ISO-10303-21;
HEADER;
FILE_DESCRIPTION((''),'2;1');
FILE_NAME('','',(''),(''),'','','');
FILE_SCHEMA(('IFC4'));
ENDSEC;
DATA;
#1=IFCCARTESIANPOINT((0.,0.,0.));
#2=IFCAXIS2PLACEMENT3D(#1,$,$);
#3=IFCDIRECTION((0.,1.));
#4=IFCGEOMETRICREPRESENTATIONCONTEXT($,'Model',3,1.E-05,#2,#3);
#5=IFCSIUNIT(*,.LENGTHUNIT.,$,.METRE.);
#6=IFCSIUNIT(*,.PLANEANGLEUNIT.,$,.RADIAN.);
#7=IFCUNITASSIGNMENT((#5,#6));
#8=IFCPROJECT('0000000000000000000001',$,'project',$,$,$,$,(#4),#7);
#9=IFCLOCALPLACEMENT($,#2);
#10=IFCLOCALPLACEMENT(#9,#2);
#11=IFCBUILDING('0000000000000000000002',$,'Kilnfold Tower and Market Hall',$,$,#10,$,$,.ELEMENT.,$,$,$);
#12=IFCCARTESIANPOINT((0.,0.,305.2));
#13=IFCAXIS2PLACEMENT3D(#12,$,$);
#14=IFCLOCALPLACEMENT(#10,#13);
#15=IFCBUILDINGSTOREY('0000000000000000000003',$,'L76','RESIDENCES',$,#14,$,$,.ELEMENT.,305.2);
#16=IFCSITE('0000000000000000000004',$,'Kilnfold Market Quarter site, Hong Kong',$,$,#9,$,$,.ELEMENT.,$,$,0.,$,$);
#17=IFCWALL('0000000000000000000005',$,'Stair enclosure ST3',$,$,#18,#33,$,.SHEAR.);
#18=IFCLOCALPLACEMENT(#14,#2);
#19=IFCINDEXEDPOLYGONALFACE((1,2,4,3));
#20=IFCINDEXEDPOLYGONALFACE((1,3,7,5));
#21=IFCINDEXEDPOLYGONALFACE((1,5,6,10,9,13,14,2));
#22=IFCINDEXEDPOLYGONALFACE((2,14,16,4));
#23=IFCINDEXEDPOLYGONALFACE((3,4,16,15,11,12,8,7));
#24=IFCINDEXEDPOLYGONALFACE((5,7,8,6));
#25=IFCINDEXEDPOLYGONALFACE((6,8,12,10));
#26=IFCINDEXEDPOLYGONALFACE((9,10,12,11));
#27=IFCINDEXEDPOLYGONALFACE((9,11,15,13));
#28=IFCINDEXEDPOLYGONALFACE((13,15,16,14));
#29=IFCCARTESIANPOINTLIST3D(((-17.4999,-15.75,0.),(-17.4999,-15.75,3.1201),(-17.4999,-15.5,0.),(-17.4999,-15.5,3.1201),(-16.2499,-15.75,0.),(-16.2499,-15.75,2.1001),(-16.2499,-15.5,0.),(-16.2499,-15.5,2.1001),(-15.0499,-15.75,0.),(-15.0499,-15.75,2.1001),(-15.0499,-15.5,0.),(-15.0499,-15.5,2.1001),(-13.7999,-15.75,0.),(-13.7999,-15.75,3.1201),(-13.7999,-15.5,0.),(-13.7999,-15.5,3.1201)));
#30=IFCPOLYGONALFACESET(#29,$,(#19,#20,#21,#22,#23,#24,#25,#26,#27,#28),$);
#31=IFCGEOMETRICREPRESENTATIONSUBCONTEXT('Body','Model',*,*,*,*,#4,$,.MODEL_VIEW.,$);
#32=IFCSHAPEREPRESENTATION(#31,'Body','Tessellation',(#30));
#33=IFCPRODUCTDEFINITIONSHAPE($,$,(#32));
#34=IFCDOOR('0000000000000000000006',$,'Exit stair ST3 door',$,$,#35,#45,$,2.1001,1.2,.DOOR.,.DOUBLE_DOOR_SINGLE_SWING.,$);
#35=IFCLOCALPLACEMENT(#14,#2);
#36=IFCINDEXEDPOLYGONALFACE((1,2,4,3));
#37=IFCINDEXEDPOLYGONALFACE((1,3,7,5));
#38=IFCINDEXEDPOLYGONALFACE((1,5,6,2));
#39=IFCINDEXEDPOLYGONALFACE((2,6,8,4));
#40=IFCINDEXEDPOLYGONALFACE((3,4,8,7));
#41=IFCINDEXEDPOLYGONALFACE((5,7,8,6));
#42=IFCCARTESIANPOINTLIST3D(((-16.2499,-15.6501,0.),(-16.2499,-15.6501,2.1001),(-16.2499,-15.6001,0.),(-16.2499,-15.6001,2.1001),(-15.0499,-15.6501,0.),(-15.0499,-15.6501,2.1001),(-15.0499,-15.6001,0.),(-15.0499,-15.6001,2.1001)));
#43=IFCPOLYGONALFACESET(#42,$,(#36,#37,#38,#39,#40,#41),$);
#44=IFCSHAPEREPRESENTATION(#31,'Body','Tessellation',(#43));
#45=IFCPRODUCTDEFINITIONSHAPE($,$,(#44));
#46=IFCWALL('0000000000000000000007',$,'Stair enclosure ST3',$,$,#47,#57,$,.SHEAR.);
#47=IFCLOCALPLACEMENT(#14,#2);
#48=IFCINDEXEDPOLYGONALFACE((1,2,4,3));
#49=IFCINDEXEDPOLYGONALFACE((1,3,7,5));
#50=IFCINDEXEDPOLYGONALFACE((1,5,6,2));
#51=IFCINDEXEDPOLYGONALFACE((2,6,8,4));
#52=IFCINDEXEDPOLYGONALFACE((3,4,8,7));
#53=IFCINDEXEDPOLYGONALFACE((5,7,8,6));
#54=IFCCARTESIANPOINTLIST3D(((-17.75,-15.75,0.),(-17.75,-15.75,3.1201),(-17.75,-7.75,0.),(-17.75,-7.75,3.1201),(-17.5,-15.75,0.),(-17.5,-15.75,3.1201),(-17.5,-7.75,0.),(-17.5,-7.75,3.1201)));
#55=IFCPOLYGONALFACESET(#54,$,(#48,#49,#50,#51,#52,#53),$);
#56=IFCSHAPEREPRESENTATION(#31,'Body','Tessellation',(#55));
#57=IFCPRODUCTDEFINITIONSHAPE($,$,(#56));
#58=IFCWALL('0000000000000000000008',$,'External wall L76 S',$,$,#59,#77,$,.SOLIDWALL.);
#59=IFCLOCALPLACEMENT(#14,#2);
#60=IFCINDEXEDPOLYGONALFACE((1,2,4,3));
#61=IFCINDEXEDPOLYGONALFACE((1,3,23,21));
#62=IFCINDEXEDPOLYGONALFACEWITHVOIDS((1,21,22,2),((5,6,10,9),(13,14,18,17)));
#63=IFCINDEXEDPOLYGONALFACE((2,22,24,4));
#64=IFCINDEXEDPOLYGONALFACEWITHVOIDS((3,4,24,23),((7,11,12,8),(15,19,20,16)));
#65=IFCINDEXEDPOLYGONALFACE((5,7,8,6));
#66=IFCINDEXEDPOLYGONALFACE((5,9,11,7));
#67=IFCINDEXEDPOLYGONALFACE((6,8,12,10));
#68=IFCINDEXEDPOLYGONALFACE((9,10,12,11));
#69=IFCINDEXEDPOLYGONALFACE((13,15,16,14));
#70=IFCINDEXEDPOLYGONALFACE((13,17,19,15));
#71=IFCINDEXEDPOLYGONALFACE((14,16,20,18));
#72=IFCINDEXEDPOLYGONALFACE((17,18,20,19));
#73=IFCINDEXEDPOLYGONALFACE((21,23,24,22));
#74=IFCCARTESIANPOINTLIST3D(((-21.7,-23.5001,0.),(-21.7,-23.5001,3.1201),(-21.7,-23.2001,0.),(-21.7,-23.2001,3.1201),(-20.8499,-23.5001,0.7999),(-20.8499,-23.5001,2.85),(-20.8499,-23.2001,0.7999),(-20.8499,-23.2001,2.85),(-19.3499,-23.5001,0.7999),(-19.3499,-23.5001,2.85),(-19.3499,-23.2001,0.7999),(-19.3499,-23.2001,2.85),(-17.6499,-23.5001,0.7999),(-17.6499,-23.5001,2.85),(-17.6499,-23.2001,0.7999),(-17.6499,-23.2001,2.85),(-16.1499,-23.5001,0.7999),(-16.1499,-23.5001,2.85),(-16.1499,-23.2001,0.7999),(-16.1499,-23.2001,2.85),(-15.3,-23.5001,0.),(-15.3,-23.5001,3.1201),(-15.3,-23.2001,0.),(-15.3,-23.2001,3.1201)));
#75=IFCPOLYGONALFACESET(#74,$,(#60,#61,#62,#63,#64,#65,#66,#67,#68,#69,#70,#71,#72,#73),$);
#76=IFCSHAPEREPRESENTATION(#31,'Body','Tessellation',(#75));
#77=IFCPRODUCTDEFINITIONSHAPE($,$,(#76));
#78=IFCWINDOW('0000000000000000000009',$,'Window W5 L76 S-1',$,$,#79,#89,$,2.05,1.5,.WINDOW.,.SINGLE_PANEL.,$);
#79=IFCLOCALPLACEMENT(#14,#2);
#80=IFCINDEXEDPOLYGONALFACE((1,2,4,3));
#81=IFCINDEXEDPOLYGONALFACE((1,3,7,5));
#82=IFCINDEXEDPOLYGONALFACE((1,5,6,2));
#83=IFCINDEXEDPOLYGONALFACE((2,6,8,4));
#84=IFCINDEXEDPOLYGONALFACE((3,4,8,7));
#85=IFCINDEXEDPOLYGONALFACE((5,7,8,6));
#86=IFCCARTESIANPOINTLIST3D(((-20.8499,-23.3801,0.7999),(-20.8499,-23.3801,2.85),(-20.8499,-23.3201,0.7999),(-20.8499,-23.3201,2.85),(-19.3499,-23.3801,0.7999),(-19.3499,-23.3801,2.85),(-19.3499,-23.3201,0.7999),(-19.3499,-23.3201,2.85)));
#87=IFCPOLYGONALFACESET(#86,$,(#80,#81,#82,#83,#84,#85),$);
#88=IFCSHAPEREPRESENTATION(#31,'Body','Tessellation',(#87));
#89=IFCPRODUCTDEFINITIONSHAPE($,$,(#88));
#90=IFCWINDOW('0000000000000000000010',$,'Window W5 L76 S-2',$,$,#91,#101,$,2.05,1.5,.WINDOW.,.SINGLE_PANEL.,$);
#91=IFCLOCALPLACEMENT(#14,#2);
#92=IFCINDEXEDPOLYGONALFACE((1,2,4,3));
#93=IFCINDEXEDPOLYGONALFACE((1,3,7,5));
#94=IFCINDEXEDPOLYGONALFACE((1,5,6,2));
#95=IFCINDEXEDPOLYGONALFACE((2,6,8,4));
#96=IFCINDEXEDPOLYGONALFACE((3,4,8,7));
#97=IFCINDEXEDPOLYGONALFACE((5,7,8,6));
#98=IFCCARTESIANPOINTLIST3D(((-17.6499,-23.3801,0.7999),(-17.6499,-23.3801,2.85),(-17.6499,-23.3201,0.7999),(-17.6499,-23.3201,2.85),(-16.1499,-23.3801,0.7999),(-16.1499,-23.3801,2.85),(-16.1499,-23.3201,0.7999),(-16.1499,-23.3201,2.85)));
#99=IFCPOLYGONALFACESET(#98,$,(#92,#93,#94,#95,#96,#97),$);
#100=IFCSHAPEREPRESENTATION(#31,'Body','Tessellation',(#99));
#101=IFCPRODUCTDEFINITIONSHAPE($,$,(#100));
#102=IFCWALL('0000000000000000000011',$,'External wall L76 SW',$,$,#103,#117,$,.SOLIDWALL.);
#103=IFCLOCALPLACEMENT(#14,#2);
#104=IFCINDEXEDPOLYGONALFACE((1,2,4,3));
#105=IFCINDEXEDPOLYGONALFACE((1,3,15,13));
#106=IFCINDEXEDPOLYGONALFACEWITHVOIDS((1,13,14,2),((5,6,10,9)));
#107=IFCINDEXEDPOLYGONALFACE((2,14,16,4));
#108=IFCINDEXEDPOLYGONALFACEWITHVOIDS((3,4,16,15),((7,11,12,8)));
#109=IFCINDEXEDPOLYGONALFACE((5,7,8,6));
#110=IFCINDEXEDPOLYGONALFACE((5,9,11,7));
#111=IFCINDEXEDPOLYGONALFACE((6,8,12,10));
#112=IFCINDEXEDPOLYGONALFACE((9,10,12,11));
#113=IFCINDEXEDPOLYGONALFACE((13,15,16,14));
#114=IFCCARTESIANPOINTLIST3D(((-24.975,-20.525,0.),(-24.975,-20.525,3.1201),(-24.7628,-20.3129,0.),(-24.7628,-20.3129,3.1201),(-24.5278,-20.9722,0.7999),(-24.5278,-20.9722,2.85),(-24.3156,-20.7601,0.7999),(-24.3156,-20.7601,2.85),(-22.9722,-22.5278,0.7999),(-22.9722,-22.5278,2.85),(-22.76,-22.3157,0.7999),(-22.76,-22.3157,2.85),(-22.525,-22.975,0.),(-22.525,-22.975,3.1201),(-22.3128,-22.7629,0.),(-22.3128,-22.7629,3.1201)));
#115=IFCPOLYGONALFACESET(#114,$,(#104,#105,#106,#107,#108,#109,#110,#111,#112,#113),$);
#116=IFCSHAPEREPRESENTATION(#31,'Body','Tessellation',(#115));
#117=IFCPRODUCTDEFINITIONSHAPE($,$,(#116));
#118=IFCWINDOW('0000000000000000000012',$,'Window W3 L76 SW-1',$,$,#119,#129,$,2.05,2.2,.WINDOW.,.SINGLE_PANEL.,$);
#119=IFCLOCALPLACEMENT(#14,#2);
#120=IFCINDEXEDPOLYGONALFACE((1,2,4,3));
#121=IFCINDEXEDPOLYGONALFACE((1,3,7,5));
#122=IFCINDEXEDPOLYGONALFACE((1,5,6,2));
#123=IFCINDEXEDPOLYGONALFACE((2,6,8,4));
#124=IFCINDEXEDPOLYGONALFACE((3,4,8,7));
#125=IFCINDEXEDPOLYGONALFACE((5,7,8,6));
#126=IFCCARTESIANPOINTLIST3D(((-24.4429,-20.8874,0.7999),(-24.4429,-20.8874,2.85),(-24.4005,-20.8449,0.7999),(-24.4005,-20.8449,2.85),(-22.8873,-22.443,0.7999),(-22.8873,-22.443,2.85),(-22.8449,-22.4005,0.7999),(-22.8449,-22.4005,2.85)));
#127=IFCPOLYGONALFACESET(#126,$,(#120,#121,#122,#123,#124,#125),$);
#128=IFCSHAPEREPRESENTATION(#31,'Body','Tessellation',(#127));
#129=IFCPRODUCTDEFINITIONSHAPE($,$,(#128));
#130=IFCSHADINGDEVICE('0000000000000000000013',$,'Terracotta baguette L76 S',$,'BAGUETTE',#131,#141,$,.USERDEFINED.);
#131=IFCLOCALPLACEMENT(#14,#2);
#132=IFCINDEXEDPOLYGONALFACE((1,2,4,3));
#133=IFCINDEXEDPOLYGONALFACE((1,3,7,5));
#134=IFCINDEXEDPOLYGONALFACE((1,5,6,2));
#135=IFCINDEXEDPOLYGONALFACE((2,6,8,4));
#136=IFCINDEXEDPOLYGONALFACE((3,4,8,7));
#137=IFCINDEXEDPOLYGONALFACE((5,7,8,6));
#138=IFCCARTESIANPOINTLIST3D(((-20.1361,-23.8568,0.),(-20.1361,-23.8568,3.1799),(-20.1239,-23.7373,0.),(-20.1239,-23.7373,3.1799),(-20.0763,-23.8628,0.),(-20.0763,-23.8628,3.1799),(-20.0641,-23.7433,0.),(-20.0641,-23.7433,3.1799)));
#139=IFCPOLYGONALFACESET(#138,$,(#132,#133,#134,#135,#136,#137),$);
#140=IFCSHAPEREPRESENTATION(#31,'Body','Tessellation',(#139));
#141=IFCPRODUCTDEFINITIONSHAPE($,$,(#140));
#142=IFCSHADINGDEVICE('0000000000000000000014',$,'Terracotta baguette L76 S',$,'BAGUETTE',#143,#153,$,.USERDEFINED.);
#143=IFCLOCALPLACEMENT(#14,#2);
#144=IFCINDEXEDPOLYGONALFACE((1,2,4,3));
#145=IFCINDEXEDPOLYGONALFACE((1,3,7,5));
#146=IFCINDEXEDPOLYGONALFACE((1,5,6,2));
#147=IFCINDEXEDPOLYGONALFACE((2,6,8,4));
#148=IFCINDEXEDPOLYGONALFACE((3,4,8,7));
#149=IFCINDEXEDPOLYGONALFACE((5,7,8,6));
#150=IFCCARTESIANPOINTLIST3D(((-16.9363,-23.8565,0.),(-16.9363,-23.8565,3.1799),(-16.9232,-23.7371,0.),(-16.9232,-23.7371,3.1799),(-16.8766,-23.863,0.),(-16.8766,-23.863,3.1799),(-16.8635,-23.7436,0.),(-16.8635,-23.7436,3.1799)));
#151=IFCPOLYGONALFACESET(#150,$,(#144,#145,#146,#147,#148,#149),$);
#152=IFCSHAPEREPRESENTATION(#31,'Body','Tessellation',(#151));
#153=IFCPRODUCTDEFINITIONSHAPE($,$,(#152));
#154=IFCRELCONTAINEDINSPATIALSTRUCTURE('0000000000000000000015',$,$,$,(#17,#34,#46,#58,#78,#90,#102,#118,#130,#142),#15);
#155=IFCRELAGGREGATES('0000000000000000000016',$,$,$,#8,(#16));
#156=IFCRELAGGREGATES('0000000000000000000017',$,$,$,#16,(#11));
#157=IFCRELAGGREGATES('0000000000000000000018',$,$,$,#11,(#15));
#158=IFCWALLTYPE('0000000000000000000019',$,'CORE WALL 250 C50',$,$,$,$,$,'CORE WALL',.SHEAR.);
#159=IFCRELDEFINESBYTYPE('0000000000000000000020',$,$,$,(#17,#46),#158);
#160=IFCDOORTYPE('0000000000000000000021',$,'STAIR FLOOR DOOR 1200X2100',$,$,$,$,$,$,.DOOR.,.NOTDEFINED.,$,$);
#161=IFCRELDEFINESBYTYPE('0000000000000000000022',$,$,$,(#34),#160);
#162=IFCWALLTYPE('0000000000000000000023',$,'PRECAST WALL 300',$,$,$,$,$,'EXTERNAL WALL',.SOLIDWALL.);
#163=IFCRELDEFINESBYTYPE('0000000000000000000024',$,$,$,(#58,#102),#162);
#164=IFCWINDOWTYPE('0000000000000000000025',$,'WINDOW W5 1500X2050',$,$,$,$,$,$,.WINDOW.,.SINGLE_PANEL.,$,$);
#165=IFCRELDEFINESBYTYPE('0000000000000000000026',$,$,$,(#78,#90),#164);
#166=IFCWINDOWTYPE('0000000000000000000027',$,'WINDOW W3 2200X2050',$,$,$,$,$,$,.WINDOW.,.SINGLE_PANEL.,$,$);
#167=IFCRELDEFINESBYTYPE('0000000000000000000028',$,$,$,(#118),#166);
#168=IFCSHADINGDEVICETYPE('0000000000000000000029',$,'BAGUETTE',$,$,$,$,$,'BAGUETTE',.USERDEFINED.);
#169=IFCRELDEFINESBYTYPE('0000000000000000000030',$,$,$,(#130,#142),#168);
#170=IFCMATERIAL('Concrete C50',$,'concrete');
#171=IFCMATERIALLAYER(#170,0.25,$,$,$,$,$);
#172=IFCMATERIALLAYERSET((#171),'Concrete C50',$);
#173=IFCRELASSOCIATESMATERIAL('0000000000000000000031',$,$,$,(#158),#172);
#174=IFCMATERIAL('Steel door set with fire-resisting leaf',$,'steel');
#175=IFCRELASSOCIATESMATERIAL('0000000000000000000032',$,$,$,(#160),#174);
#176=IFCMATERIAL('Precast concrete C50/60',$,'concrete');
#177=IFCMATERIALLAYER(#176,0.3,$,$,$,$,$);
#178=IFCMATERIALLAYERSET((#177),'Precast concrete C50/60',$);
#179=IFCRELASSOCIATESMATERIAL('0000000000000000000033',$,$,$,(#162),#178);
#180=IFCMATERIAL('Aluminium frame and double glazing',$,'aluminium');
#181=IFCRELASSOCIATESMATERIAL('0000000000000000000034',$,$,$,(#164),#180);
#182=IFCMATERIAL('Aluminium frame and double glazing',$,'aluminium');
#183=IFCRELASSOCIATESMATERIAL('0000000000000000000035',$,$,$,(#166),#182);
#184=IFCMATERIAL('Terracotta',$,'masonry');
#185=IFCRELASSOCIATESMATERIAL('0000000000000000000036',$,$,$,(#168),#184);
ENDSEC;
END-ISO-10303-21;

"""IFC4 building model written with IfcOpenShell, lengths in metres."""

from ifc_helpers import new_model, si_unit, direction, frame, frame_2d, origin, origin_2d, place, context, subcontext, project, spatial, rectangle, extrude, source, transform, mapped, material, layer, layer_set, material_profile, profile_set, type_object, element, fill, save


model = new_model("IFC4")

# Units and contexts
model_context = context("Model", 3, precision=1e-05, world=origin(), true_north=direction((0.0, 1.0)))
body_context = subcontext(model_context, "Body", "Model", "MODEL_VIEW")
ifc_project = project(units=[si_unit("LENGTHUNIT", "METRE"), si_unit("PLANEANGLEUNIT", "RADIAN")], contexts=[model_context])

# Site, building, storey
site_placement = place(None, origin())
site = spatial("IfcSite", under=ifc_project, at=site_placement, Name="Kilnfold Market Quarter site, Hong Kong", CompositionType="ELEMENT", RefElevation=0.0)
building_placement = place(site_placement, origin())
building = spatial("IfcBuilding", under=site, at=building_placement, Name="Kilnfold Tower and Market Hall", CompositionType="ELEMENT")
storey_placement = place(building_placement, frame((0.0, 0.0, 305.2)))
storey = spatial("IfcBuildingStorey", under=building, at=storey_placement, Name="L76", Description="RESIDENCES", CompositionType="ELEMENT", Elevation=305.2)

# Wall, opening, door
ifc_material_1 = material(Name="Concrete C50", Category="concrete")
ifc_layer_1 = layer(ifc_material_1, 0.25)
ifc_layer_set_1 = layer_set([ifc_layer_1], Name="Concrete C50")
wall_type_1 = type_object("IfcWallType", Name="CORE WALL 250 C50", ElementType="CORE WALL", PredefinedType="SHEAR", material=ifc_layer_set_1)
shared_shape_1 = source(origin(), body_context, "Body", "SweptSolid", [
    extrude(rectangle(XDim=3.7, YDim=0.25, at=frame_2d((1.8501, 0.0))), origin(), (0.0, 0.0, 1.0), 3.1201),
])
wall_1_placement = place(storey_placement, frame((-17.5, -15.625, 0.0), z_axis=(0.0, 0.0, 1.0), x_axis=(1.0, 0.0, 0.0)))
wall_1 = element("IfcWall", 1, at=wall_1_placement, inside=storey, type_object=wall_type_1, Name="Stair enclosure ST3", PredefinedType="SHEAR", context=body_context, shape_type="MappedRepresentation", body=[
    mapped(shared_shape_1, transform((0.0, 0.0, 0.0))),
])
opening_1_placement = place(wall_1_placement, frame((1.25, 0.0, 0.0)))
opening_1 = element("IfcOpeningElement", 2, at=opening_1_placement, cuts=wall_1, PredefinedType="OPENING", context=body_context, shape_type="SweptSolid", body=[
    extrude(rectangle(XDim=1.2, YDim=2.1001, at=frame_2d((0.6001, 1.05))), frame((0.0, 0.135, 0.0), z_axis=(0.0, -1.0, 0.0), x_axis=(1.0, 0.0, 0.0)), (0.0, 0.0, 1.0), 0.27),
])
ifc_material_2 = material(Name="Steel door set with fire-resisting leaf", Category="steel")
door_type_1 = type_object("IfcDoorType", Name="STAIR FLOOR DOOR 1200X2100", OperationType="NOTDEFINED", PredefinedType="DOOR", material=ifc_material_2)
door_1_placement = place(opening_1_placement, origin())
door_1 = element("IfcDoor", 3, at=door_1_placement, inside=storey, type_object=door_type_1, Name="Exit stair ST3 door", OperationType="DOUBLE_DOOR_SINGLE_SWING", OverallHeight=2.1001, OverallWidth=1.2, PredefinedType="DOOR", context=body_context, shape_type="SweptSolid", body=[
    extrude(rectangle(XDim=1.2, YDim=2.1001, at=frame_2d((0.6001, 1.05))), frame((0.0, 0.0249, 0.0), z_axis=(0.0, -1.0, 0.0), x_axis=(1.0, 0.0, 0.0)), (0.0, 0.0, 1.0), 0.05),
])
fill(opening_1, door_1)

# Wall
shared_shape_2 = source(origin(), body_context, "Body", "SweptSolid", [
    extrude(rectangle(XDim=8.0, YDim=0.25, at=frame_2d((4.0, 0.0))), origin(), (0.0, 0.0, 1.0), 3.1201),
])
wall_2_placement = place(storey_placement, frame((-17.625, -15.75, 0.0), z_axis=(0.0, 0.0, 1.0), x_axis=(0.0, 1.0, 0.0)))
element("IfcWall", 4, at=wall_2_placement, inside=storey, type_object=wall_type_1, Name="Stair enclosure ST3", PredefinedType="SHEAR", context=body_context, shape_type="MappedRepresentation", body=[
    mapped(shared_shape_2, transform((0.0, 0.0, 0.0))),
])

# Wall, openings, windows
ifc_material_3 = material(Name="Precast concrete C50/60", Category="concrete")
ifc_layer_2 = layer(ifc_material_3, 0.3)
ifc_layer_set_2 = layer_set([ifc_layer_2], Name="Precast concrete C50/60")
wall_type_2 = type_object("IfcWallType", Name="PRECAST WALL 300", ElementType="EXTERNAL WALL", PredefinedType="SOLIDWALL", material=ifc_layer_set_2)
shared_shape_3 = source(origin(), body_context, "Body", "SweptSolid", [
    extrude(rectangle(XDim=6.3999, YDim=0.3, at=frame_2d((3.2, 0.0))), origin(), (0.0, 0.0, 1.0), 3.1201),
])
wall_3_placement = place(storey_placement, frame((-21.7, -23.3501, 0.0), z_axis=(0.0, 0.0, 1.0), x_axis=(1.0, 0.0, 0.0)))
wall_3 = element("IfcWall", 5, at=wall_3_placement, inside=storey, type_object=wall_type_2, Name="External wall L76 S", PredefinedType="SOLIDWALL", context=body_context, shape_type="MappedRepresentation", body=[
    mapped(shared_shape_3, transform((0.0, 0.0, 0.0))),
])
opening_2_placement = place(wall_3_placement, frame((0.8501, 0.0, 0.8)))
opening_2 = element("IfcOpeningElement", 6, at=opening_2_placement, cuts=wall_3, PredefinedType="OPENING", context=body_context, shape_type="SweptSolid", body=[
    extrude(rectangle(XDim=1.5, YDim=2.05, at=frame_2d((0.75, 1.0249))), frame((0.0, 0.1602, 0.0), z_axis=(0.0, -1.0, 0.0), x_axis=(1.0, 0.0, 0.0)), (0.0, 0.0, 1.0), 0.3201),
])
opening_3_placement = place(wall_3_placement, frame((4.05, 0.0, 0.8)))
opening_3 = element("IfcOpeningElement", 7, at=opening_3_placement, cuts=wall_3, PredefinedType="OPENING", context=body_context, shape_type="SweptSolid", body=[
    extrude(rectangle(XDim=1.5, YDim=2.05, at=frame_2d((0.75, 1.0249))), frame((0.0, 0.1602, 0.0), z_axis=(0.0, -1.0, 0.0), x_axis=(1.0, 0.0, 0.0)), (0.0, 0.0, 1.0), 0.3201),
])
ifc_material_4 = material(Name="Aluminium frame and double glazing", Category="aluminium")
window_type_1 = type_object("IfcWindowType", Name="WINDOW W5 1500X2050", PartitioningType="SINGLE_PANEL", PredefinedType="WINDOW", material=ifc_material_4)
window_1_placement = place(opening_2_placement, origin())
window_1 = element("IfcWindow", 8, at=window_1_placement, inside=storey, type_object=window_type_1, Name="Window W5 L76 S-1", OverallHeight=2.05, OverallWidth=1.5, PartitioningType="SINGLE_PANEL", PredefinedType="WINDOW", context=body_context, shape_type="SweptSolid", body=[
    extrude(rectangle(XDim=1.5, YDim=2.05, at=frame_2d((0.75, 1.0249))), frame((0.0, 0.03, 0.0), z_axis=(0.0, -1.0, 0.0), x_axis=(1.0, 0.0, 0.0)), (0.0, 0.0, 1.0), 0.0601),
])
fill(opening_2, window_1)
window_2_placement = place(opening_3_placement, origin())
window_2 = element("IfcWindow", 9, at=window_2_placement, inside=storey, type_object=window_type_1, Name="Window W5 L76 S-2", OverallHeight=2.05, OverallWidth=1.5, PartitioningType="SINGLE_PANEL", PredefinedType="WINDOW", context=body_context, shape_type="SweptSolid", body=[
    extrude(rectangle(XDim=1.5, YDim=2.05, at=frame_2d((0.75, 1.0249))), frame((0.0, 0.03, 0.0), z_axis=(0.0, -1.0, 0.0), x_axis=(1.0, 0.0, 0.0)), (0.0, 0.0, 1.0), 0.0601),
])
fill(opening_3, window_2)

# Wall, opening, window
shared_shape_4 = source(origin(), body_context, "Body", "SweptSolid", [
    extrude(rectangle(XDim=3.4648, YDim=0.3, at=frame_2d((1.7324, 0.0))), origin(), (0.0, 0.0, 1.0), 3.1201),
])
wall_4_placement = place(storey_placement, frame((-24.8689, -20.4189, 0.0), z_axis=(0.0, 0.0, 1.0), x_axis=(0.707107, -0.707107, 0.0)))
wall_4 = element("IfcWall", 10, at=wall_4_placement, inside=storey, type_object=wall_type_2, Name="External wall L76 SW", PredefinedType="SOLIDWALL", context=body_context, shape_type="MappedRepresentation", body=[
    mapped(shared_shape_4, transform((0.0, 0.0, 0.0))),
])
opening_4_placement = place(wall_4_placement, frame((0.6323, 0.0, 0.8)))
opening_4 = element("IfcOpeningElement", 11, at=opening_4_placement, cuts=wall_4, PredefinedType="OPENING", context=body_context, shape_type="SweptSolid", body=[
    extrude(rectangle(XDim=2.2, YDim=2.05, at=frame_2d((1.1001, 1.0249))), frame((0.0, 0.1602, 0.0), z_axis=(0.0, -1.0, 0.0), x_axis=(1.0, 0.0, 0.0)), (0.0, 0.0, 1.0), 0.3201),
])
ifc_material_5 = material(Name="Aluminium frame and double glazing", Category="aluminium")
window_type_2 = type_object("IfcWindowType", Name="WINDOW W3 2200X2050", PartitioningType="SINGLE_PANEL", PredefinedType="WINDOW", material=ifc_material_5)
window_3_placement = place(opening_4_placement, origin())
window_3 = element("IfcWindow", 12, at=window_3_placement, inside=storey, type_object=window_type_2, Name="Window W3 L76 SW-1", OverallHeight=2.05, OverallWidth=2.2, PartitioningType="SINGLE_PANEL", PredefinedType="WINDOW", context=body_context, shape_type="SweptSolid", body=[
    extrude(rectangle(XDim=2.2, YDim=2.05, at=frame_2d((1.1001, 1.0249))), frame((0.0, 0.03, 0.0), z_axis=(0.0, -1.0, 0.0), x_axis=(1.0, 0.0, 0.0)), (0.0, 0.0, 1.0), 0.0601),
])
fill(opening_4, window_3)

# Shading devices
ifc_material_6 = material(Name="Terracotta", Category="masonry")
ifc_material_profile_1 = material_profile(ifc_material_6, rectangle(XDim=0.0601, YDim=0.1201, at=origin_2d()), Name="BAG 60x120")
ifc_profile_set_1 = profile_set([ifc_material_profile_1], Name="Terracotta")
shading_device_type = type_object("IfcShadingDeviceType", Name="BAGUETTE", ElementType="BAGUETTE", PredefinedType="USERDEFINED", material=ifc_profile_set_1)
shared_shape_5 = source(origin(), body_context, "Body", "SweptSolid", [
    extrude(rectangle(XDim=0.0601, YDim=0.1201, at=origin_2d()), origin(), (0.0, 0.0, 1.0), 3.1799),
])
for number, where, z_axis, x_axis, name in (
    (13, (-20.1001, -23.8, 0.0), (0.0, 0.0, 1.0), (0.994842, -0.101437, 0.0), "Terracotta baguette L76 S"),
    (14, (-16.8999, -23.8, 0.0), (0.0, 0.0, 1.0), (0.994116, -0.108324, 0.0), "Terracotta baguette L76 S"),
):
    element("IfcShadingDevice", number, at=place(storey_placement, frame(where, z_axis=z_axis, x_axis=x_axis)), inside=storey, type_object=shading_device_type, Name=name, ObjectType="BAGUETTE", PredefinedType="USERDEFINED", context=body_context, shape_type="MappedRepresentation", body=[
        mapped(shared_shape_5, transform((0.0, 0.0, 0.0))),
    ])

save(model, "model.ifc")
